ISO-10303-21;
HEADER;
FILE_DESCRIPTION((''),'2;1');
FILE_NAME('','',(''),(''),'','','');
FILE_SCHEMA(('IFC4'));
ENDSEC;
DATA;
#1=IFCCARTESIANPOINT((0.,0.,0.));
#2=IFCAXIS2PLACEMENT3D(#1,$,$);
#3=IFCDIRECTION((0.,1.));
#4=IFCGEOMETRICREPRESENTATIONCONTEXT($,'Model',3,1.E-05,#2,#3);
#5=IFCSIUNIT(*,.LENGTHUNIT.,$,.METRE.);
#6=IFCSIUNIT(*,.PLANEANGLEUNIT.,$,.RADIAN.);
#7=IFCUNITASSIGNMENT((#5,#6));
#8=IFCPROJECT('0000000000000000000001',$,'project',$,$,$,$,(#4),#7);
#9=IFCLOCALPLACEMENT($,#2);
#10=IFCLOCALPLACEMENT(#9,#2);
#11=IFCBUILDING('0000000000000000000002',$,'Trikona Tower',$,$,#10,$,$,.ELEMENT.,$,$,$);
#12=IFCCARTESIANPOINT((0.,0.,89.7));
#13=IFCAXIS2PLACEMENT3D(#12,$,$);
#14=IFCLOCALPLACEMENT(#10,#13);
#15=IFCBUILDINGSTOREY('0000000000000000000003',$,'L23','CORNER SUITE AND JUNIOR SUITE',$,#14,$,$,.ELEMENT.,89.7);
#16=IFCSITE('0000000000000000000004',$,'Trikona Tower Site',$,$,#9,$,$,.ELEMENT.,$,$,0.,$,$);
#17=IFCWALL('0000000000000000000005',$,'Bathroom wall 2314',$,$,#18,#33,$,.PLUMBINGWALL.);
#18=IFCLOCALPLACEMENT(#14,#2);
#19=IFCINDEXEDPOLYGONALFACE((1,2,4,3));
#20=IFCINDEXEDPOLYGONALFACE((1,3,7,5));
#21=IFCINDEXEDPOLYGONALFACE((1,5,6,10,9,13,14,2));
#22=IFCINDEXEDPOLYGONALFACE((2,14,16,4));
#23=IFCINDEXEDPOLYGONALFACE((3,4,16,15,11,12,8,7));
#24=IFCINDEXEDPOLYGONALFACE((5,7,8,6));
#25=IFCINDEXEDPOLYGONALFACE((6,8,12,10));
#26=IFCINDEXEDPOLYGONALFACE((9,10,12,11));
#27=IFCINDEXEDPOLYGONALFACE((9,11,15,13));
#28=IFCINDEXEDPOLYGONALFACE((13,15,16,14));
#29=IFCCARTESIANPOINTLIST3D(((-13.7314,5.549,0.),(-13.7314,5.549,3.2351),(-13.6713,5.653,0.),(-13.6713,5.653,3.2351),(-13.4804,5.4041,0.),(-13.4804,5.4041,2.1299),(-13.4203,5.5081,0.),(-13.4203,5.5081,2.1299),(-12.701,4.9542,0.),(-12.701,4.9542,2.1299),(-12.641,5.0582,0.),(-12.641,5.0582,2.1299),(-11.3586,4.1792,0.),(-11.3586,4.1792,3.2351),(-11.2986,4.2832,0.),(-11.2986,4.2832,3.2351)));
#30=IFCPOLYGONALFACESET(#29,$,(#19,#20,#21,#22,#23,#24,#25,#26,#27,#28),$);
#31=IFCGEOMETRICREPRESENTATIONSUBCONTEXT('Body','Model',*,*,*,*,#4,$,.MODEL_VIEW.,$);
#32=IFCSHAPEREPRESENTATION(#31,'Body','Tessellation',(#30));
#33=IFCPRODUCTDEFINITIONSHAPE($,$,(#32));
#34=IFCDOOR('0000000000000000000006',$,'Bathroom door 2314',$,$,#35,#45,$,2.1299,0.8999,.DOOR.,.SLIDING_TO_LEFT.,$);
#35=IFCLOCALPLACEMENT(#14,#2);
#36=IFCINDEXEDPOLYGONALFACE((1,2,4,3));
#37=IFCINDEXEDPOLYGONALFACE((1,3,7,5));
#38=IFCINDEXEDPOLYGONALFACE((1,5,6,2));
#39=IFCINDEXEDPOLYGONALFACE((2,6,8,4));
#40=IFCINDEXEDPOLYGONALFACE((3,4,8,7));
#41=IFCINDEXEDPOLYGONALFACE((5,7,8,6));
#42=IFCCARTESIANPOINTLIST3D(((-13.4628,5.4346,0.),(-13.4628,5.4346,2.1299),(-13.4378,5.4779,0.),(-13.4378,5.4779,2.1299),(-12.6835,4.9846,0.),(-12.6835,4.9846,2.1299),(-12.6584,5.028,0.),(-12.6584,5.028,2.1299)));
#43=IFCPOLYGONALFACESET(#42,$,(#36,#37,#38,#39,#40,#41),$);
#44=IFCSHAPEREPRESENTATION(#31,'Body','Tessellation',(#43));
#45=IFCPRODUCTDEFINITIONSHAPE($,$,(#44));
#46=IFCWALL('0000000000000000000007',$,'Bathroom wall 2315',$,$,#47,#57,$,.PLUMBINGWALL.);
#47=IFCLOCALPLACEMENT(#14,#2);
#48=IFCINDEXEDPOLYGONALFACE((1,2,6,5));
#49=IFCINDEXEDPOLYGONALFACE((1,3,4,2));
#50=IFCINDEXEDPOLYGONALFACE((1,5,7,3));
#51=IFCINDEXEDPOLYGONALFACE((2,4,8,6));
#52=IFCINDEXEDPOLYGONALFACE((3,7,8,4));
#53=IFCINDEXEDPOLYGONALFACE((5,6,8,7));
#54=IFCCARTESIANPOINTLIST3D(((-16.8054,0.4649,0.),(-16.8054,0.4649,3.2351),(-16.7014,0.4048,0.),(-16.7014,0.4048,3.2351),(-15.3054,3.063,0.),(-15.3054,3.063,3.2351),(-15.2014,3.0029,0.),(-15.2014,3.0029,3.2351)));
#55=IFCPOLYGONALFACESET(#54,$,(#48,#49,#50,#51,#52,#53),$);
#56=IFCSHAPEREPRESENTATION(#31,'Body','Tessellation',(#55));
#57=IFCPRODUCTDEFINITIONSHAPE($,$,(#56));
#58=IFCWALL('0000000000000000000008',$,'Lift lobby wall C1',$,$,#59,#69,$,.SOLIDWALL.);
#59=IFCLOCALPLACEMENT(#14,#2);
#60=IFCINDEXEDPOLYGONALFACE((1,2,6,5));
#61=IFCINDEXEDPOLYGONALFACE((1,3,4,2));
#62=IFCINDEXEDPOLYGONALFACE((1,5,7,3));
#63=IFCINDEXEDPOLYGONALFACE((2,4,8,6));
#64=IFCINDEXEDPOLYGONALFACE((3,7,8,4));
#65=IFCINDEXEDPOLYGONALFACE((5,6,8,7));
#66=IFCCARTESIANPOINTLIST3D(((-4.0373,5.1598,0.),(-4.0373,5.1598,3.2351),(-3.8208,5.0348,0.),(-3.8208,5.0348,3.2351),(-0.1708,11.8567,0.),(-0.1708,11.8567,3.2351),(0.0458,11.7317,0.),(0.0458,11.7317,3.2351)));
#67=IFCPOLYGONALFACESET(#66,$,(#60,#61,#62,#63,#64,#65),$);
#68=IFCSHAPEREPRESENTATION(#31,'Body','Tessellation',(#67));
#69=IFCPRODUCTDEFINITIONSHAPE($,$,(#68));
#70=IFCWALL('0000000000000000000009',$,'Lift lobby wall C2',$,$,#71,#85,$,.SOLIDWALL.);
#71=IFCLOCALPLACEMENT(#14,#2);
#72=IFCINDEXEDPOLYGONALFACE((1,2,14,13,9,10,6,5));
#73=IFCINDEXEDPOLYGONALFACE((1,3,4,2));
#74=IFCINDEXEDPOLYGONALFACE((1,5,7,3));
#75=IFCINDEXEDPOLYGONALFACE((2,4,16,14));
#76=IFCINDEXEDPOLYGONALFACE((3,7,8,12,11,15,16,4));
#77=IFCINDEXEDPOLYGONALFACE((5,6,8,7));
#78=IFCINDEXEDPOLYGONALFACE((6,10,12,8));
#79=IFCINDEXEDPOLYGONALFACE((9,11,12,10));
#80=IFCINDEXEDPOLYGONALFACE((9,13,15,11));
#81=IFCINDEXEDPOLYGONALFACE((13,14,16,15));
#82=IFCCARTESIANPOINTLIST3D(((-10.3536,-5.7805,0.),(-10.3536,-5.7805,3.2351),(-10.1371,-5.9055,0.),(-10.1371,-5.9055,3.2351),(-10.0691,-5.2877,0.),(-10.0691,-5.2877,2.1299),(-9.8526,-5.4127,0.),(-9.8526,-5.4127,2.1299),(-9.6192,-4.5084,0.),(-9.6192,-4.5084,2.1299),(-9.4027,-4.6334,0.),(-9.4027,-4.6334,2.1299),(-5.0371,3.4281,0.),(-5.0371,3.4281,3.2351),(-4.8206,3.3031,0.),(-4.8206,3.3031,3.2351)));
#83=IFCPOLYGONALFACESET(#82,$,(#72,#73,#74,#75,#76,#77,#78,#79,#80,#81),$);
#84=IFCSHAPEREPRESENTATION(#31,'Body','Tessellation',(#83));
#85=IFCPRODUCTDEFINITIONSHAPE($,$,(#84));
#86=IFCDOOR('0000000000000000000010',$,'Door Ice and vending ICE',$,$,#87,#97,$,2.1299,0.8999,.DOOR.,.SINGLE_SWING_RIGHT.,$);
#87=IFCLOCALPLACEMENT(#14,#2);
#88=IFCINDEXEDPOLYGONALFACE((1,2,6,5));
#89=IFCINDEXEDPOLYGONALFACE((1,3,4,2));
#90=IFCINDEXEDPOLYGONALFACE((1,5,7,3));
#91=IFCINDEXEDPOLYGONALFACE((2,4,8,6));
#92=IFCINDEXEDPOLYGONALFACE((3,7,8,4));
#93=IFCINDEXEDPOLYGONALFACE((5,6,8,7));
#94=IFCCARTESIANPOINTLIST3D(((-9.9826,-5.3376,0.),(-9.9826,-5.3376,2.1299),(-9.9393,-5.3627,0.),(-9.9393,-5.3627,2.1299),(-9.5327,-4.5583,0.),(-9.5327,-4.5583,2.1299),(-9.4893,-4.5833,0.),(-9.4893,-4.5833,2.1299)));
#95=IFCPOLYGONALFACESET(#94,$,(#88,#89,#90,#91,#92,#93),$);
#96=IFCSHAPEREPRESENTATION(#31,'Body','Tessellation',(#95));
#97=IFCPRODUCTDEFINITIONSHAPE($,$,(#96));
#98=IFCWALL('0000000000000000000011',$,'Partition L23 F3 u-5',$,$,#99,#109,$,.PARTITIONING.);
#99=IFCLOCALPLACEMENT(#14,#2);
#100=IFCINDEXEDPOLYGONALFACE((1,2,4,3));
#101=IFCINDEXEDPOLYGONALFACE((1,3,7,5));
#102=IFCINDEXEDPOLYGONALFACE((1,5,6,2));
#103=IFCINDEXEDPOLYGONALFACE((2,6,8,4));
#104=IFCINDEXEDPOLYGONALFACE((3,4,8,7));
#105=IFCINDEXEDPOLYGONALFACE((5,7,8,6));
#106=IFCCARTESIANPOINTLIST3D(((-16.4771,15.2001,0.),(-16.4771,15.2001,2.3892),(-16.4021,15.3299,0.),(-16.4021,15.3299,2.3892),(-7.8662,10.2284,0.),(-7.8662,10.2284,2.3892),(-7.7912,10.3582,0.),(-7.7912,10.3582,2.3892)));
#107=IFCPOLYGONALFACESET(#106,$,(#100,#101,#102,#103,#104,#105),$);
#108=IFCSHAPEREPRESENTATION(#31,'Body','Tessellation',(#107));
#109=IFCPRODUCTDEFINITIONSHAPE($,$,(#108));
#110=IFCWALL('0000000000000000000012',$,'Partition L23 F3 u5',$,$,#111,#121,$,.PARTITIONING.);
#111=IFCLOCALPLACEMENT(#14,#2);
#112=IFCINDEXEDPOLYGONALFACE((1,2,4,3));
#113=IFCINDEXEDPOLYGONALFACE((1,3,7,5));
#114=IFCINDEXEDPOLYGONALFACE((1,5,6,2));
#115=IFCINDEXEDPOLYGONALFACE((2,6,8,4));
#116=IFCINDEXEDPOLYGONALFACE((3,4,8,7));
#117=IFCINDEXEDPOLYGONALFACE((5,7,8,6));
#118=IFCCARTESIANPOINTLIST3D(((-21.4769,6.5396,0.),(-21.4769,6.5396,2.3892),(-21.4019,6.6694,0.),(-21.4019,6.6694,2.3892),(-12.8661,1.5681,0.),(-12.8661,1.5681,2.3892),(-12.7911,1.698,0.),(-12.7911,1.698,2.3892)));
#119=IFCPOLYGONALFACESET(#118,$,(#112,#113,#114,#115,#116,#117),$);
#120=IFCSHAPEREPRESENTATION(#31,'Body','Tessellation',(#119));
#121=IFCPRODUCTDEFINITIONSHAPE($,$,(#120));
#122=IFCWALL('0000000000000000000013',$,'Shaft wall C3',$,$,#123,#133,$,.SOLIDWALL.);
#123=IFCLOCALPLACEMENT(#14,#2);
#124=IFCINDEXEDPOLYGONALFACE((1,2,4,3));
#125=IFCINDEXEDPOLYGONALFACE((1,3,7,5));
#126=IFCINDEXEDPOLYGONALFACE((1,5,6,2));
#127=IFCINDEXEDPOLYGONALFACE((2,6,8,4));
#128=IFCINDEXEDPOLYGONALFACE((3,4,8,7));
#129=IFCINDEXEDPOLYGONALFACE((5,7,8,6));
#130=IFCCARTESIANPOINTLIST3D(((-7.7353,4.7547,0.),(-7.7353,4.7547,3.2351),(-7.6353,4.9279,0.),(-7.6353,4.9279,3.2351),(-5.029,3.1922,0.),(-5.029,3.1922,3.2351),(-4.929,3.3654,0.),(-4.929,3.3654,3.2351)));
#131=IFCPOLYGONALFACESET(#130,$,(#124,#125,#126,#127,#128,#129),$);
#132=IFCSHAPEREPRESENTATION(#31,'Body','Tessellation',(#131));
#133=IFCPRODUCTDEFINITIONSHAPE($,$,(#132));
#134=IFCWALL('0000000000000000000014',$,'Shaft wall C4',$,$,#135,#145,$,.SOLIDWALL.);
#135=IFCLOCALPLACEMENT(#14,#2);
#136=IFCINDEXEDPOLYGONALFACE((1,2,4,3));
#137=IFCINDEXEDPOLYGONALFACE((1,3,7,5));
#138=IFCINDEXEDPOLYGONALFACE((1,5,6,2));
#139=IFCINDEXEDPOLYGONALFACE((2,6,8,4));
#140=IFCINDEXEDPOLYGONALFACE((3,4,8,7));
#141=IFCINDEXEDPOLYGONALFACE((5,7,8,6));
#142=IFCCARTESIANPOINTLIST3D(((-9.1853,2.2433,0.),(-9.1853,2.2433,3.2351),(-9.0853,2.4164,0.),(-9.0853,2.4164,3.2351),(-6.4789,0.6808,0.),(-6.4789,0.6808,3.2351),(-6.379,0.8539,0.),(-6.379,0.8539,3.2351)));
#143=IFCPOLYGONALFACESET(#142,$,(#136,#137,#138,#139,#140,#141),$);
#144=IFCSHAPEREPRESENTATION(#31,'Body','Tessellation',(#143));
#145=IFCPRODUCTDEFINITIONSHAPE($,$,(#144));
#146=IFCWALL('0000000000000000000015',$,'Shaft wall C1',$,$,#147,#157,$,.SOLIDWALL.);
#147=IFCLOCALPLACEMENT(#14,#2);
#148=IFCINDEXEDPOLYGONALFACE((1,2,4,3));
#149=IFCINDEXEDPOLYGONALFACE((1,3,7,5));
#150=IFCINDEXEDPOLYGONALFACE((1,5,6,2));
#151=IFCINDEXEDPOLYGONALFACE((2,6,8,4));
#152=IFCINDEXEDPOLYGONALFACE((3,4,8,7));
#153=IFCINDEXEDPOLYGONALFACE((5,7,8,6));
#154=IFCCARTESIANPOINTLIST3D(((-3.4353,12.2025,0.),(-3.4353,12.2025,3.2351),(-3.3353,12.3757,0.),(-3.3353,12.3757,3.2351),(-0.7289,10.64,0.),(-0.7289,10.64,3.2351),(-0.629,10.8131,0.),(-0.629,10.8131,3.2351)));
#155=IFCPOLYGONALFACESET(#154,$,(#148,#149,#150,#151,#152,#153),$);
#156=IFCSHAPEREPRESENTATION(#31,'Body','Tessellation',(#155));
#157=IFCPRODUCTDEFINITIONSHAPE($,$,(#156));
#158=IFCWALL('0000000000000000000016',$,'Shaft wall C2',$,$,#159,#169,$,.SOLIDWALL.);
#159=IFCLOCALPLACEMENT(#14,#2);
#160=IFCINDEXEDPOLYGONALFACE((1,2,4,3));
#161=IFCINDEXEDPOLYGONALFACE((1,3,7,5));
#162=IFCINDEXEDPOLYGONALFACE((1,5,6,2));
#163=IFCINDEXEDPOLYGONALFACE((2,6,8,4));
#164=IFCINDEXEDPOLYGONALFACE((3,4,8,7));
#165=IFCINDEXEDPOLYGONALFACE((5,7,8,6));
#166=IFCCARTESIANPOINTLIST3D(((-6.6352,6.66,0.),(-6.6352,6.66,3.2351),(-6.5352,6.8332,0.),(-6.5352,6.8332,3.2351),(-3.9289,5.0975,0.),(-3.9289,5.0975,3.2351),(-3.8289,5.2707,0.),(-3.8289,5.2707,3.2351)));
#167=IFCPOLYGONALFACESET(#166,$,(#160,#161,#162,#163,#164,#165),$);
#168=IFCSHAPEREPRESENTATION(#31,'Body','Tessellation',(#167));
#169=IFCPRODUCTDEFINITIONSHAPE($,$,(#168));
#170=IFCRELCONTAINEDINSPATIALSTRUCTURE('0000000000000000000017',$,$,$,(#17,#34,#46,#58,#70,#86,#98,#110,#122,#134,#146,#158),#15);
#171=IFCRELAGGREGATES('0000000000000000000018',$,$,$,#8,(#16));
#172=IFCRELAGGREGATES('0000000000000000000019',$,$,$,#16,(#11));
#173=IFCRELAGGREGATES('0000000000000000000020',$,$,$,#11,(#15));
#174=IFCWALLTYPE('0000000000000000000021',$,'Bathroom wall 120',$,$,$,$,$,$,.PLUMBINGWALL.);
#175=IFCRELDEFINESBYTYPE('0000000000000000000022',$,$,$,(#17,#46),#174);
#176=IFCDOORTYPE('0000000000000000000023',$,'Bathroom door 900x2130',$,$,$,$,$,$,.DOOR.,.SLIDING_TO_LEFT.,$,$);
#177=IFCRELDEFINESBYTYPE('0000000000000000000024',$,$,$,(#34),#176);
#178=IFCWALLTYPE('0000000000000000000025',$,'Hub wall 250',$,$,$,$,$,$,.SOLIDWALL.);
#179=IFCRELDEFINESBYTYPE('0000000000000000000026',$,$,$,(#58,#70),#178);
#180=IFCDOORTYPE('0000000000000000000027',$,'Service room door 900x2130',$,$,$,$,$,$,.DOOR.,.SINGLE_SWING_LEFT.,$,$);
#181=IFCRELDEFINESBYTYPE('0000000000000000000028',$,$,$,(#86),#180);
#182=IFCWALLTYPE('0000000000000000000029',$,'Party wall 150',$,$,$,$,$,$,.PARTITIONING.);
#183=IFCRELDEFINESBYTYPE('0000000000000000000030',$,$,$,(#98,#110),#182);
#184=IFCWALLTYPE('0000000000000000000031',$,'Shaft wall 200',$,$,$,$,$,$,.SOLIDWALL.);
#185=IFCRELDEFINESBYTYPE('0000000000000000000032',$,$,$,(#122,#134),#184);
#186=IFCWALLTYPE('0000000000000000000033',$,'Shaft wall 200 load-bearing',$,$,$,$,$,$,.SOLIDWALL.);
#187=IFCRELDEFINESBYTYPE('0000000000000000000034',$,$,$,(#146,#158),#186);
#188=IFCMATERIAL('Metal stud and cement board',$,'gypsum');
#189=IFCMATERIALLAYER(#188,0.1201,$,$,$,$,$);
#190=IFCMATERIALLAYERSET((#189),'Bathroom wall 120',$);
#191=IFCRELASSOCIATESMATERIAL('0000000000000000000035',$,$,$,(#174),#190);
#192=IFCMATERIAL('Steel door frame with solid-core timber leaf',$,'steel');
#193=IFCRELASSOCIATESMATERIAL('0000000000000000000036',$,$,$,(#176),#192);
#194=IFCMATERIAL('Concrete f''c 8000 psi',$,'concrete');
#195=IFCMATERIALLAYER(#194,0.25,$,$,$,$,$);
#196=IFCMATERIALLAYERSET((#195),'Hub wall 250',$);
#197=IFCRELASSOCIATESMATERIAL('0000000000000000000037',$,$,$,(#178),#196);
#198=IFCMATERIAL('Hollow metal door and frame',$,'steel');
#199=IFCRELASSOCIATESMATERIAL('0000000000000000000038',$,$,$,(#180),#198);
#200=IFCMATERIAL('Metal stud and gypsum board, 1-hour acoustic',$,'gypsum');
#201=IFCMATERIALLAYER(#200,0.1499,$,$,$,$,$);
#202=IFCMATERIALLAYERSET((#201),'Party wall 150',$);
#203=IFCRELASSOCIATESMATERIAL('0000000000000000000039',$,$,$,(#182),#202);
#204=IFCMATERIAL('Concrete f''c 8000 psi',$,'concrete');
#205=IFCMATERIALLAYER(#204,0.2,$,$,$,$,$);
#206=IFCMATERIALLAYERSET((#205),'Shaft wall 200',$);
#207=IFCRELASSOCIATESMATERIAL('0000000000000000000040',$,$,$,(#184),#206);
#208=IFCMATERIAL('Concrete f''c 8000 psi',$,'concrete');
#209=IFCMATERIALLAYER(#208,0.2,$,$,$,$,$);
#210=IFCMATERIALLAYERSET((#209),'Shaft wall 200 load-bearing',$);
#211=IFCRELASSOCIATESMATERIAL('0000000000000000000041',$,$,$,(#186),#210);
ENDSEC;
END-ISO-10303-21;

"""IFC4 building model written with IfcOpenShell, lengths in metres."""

from ifc_helpers import new_model, si_unit, direction, frame, frame_2d, origin, place, context, subcontext, project, spatial, rectangle, extrude, material, layer, layer_set, type_object, element, fill, save


model = new_model("IFC4")

# Units and contexts
model_context = context("Model", 3, precision=1e-05, world=origin(), true_north=direction((0.0, 1.0)))
body_context = subcontext(model_context, "Body", "Model", "MODEL_VIEW")
ifc_project = project(units=[si_unit("LENGTHUNIT", "METRE"), si_unit("PLANEANGLEUNIT", "RADIAN")], contexts=[model_context])

# Site, building, storey
site_placement = place(None, origin())
site = spatial("IfcSite", under=ifc_project, at=site_placement, Name="Trikona Tower Site", CompositionType="ELEMENT", RefElevation=0.0)
building_placement = place(site_placement, origin())
building = spatial("IfcBuilding", under=site, at=building_placement, Name="Trikona Tower", CompositionType="ELEMENT")
storey_placement = place(building_placement, frame((0.0, 0.0, 89.7)))
storey = spatial("IfcBuildingStorey", under=building, at=storey_placement, Name="L23", Description="CORNER SUITE AND JUNIOR SUITE", CompositionType="ELEMENT", Elevation=89.7)

# Shared definitions
ifc_material_1 = material(Name="Metal stud and cement board", Category="gypsum")
ifc_layer_1 = layer(ifc_material_1, 0.1201)
ifc_layer_set_1 = layer_set([ifc_layer_1], Name="Bathroom wall 120")
wall_type_1 = type_object("IfcWallType", Name="Bathroom wall 120", PredefinedType="PLUMBINGWALL", material=ifc_layer_set_1)
ifc_material_2 = material(Name="Steel door frame with solid-core timber leaf", Category="steel")
door_type_1 = type_object("IfcDoorType", Name="Bathroom door 900x2130", OperationType="SLIDING_TO_LEFT", PredefinedType="DOOR", material=ifc_material_2)

# Wall, opening, door
wall_1_placement = place(storey_placement, frame((-11.3286, 4.2312, 0.0), z_axis=(0.0, 0.0, 1.0), x_axis=(-0.866036, 0.499982, 0.0)))
wall_1 = element("IfcWall", 1, at=wall_1_placement, inside=storey, type_object=wall_type_1, Name="Bathroom wall 2314", PredefinedType="PLUMBINGWALL", context=body_context, shape_type="SweptSolid", body=[
    extrude(rectangle(XDim=2.7397, YDim=0.1201, at=frame_2d((1.3699, 0.0))), origin(), (0.0, 0.0, 1.0), 3.2351),
])
opening_1_placement = place(wall_1_placement, frame((1.55, 0.0, 0.0)))
opening_1 = element("IfcOpeningElement", 2, at=opening_1_placement, cuts=wall_1, PredefinedType="OPENING", context=body_context, shape_type="SweptSolid", body=[
    extrude(rectangle(XDim=0.8999, YDim=2.1299, at=frame_2d((0.45, 1.0649))), frame((0.0, 0.0701, 0.0), z_axis=(0.0, -1.0, 0.0), x_axis=(1.0, 0.0, 0.0)), (0.0, 0.0, 1.0), 0.1401),
])
door_1_placement = place(opening_1_placement, origin())
door_1 = element("IfcDoor", 3, at=door_1_placement, inside=storey, type_object=door_type_1, Name="Bathroom door 2314", OperationType="SLIDING_TO_LEFT", OverallHeight=2.1299, OverallWidth=0.8999, PredefinedType="DOOR", context=body_context, shape_type="SweptSolid", body=[
    extrude(rectangle(XDim=0.8999, YDim=2.1299, at=frame_2d((0.45, 1.0649))), frame((0.0, 0.0249, 0.0), z_axis=(0.0, -1.0, 0.0), x_axis=(1.0, 0.0, 0.0)), (0.0, 0.0, 1.0), 0.05),
])
fill(opening_1, door_1)

# Walls
wall_2_placement = place(storey_placement, frame((-15.2534, 3.033, 0.0), z_axis=(0.0, 0.0, 1.0), x_axis=(-0.49999, -0.866031, 0.0)))
element("IfcWall", 4, at=wall_2_placement, inside=storey, type_object=wall_type_1, Name="Bathroom wall 2315", PredefinedType="PLUMBINGWALL", context=body_context, shape_type="SweptSolid", body=[
    extrude(rectangle(XDim=3.0, YDim=0.1201, at=frame_2d((1.5, 0.0))), origin(), (0.0, 0.0, 1.0), 3.2351),
])
ifc_material_3 = material(Name="Concrete f'c 8000 psi", Category="concrete")
ifc_layer_2 = layer(ifc_material_3, 0.25)
ifc_layer_set_2 = layer_set([ifc_layer_2], Name="Hub wall 250")
wall_type_2 = type_object("IfcWallType", Name="Hub wall 250", PredefinedType="SOLIDWALL", material=ifc_layer_set_2)
wall_3_placement = place(storey_placement, frame((-0.0625, 11.7942, 0.0), z_axis=(0.0, 0.0, 1.0), x_axis=(-0.500007, -0.866022, 0.0)))
element("IfcWall", 5, at=wall_3_placement, inside=storey, type_object=wall_type_2, Name="Lift lobby wall C1", PredefinedType="SOLIDWALL", context=body_context, shape_type="SweptSolid", body=[
    extrude(rectangle(XDim=7.7329, YDim=0.25, at=frame_2d((3.8665, 0.0))), origin(), (0.0, 0.0, 1.0), 3.2351),
])

# Wall, opening, door
wall_4_placement = place(storey_placement, frame((-4.929, 3.3655, 0.0), z_axis=(0.0, 0.0, 1.0), x_axis=(-0.499991, -0.86603, 0.0)))
wall_4 = element("IfcWall", 6, at=wall_4_placement, inside=storey, type_object=wall_type_2, Name="Lift lobby wall C2", PredefinedType="SOLIDWALL", context=body_context, shape_type="SweptSolid", body=[
    extrude(rectangle(XDim=10.6331, YDim=0.25, at=frame_2d((5.3164, 0.0))), origin(), (0.0, 0.0, 1.0), 3.2351),
])
opening_2_placement = place(wall_4_placement, frame((9.1641, 0.0, 0.0)))
opening_2 = element("IfcOpeningElement", 7, at=opening_2_placement, cuts=wall_4, PredefinedType="OPENING", context=body_context, shape_type="SweptSolid", body=[
    extrude(rectangle(XDim=0.8999, YDim=2.1299, at=frame_2d((0.45, 1.0649))), frame((0.0, 0.135, 0.0), z_axis=(0.0, -1.0, 0.0), x_axis=(1.0, 0.0, 0.0)), (0.0, 0.0, 1.0), 0.27),
])
ifc_material_4 = material(Name="Hollow metal door and frame", Category="steel")
door_type_2 = type_object("IfcDoorType", Name="Service room door 900x2130", OperationType="SINGLE_SWING_LEFT", PredefinedType="DOOR", material=ifc_material_4)
door_2_placement = place(opening_2_placement, origin())
door_2 = element("IfcDoor", 8, at=door_2_placement, inside=storey, type_object=door_type_2, Name="Door Ice and vending ICE", OperationType="SINGLE_SWING_RIGHT", OverallHeight=2.1299, OverallWidth=0.8999, PredefinedType="DOOR", context=body_context, shape_type="SweptSolid", body=[
    extrude(rectangle(XDim=0.8999, YDim=2.1299, at=frame_2d((0.45, 1.0649))), frame((0.0, 0.0249, 0.0), z_axis=(0.0, -1.0, 0.0), x_axis=(1.0, 0.0, 0.0)), (0.0, 0.0, 1.0), 0.05),
])
fill(opening_2, door_2)

# Walls
ifc_material_5 = material(Name="Metal stud and gypsum board, 1-hour acoustic", Category="gypsum")
ifc_layer_3 = layer(ifc_material_5, 0.1499)
ifc_layer_set_3 = layer_set([ifc_layer_3], Name="Party wall 150")
wall_type_3 = type_object("IfcWallType", Name="Party wall 150", PredefinedType="PARTITIONING", material=ifc_layer_set_3)
wall_5_placement = place(storey_placement, frame((-7.8286, 10.2932, 0.0), z_axis=(0.0, 0.0, 1.0), x_axis=(-0.866016, 0.500016, 0.0)))
element("IfcWall", 9, at=wall_5_placement, inside=storey, type_object=wall_type_3, Name="Partition L23 F3 u-5", PredefinedType="PARTITIONING", context=body_context, shape_type="SweptSolid", body=[
    extrude(rectangle(XDim=9.9431, YDim=0.1499, at=frame_2d((4.9717, 0.0))), origin(), (0.0, 0.0, 1.0), 2.3892),
])
wall_6_placement = place(storey_placement, frame((-12.8286, 1.6331, 0.0), z_axis=(0.0, 0.0, 1.0), x_axis=(-0.866027, 0.499997, 0.0)))
element("IfcWall", 10, at=wall_6_placement, inside=storey, type_object=wall_type_3, Name="Partition L23 F3 u5", PredefinedType="PARTITIONING", context=body_context, shape_type="SweptSolid", body=[
    extrude(rectangle(XDim=9.9429, YDim=0.1499, at=frame_2d((4.9714, 0.0))), origin(), (0.0, 0.0, 1.0), 2.3892),
])
ifc_material_6 = material(Name="Concrete f'c 8000 psi", Category="concrete")
ifc_layer_4 = layer(ifc_material_6, 0.2)
ifc_layer_set_4 = layer_set([ifc_layer_4], Name="Shaft wall 200")
wall_type_4 = type_object("IfcWallType", Name="Shaft wall 200", PredefinedType="SOLIDWALL", material=ifc_layer_set_4)
for number, where, z_axis, x_axis, name in (
    (11, (-4.979, 3.2788, 0.0), (0.0, 0.0, 1.0), (-0.866023, 0.500004, 0.0), "Shaft wall C3"),
    (12, (-6.429, 0.7673, 0.0), (0.0, 0.0, 1.0), (-0.866023, 0.500004, 0.0), "Shaft wall C4"),
):
    element("IfcWall", number, at=place(storey_placement, frame(where, z_axis=z_axis, x_axis=x_axis)), inside=storey, type_object=wall_type_4, Name=name, PredefinedType="SOLIDWALL", context=body_context, shape_type="SweptSolid", body=[
        extrude(rectangle(XDim=3.125, YDim=0.2, at=frame_2d((1.5625, 0.0))), origin(), (0.0, 0.0, 1.0), 3.2351),
    ])
ifc_material_7 = material(Name="Concrete f'c 8000 psi", Category="concrete")
ifc_layer_5 = layer(ifc_material_7, 0.2)
ifc_layer_set_5 = layer_set([ifc_layer_5], Name="Shaft wall 200 load-bearing")
wall_type_5 = type_object("IfcWallType", Name="Shaft wall 200 load-bearing", PredefinedType="SOLIDWALL", material=ifc_layer_set_5)
for number, where, z_axis, x_axis, name in (
    (13, (-0.679, 10.7266, 0.0), (0.0, 0.0, 1.0), (-0.866023, 0.500004, 0.0), "Shaft wall C1"),
    (14, (-3.8789, 5.1841, 0.0), (0.0, 0.0, 1.0), (-0.866023, 0.500004, 0.0), "Shaft wall C2"),
):
    element("IfcWall", number, at=place(storey_placement, frame(where, z_axis=z_axis, x_axis=x_axis)), inside=storey, type_object=wall_type_5, Name=name, PredefinedType="SOLIDWALL", context=body_context, shape_type="SweptSolid", body=[
        extrude(rectangle(XDim=3.125, YDim=0.2, at=frame_2d((1.5625, 0.0))), origin(), (0.0, 0.0, 1.0), 3.2351),
    ])

save(model, "model.ifc")
